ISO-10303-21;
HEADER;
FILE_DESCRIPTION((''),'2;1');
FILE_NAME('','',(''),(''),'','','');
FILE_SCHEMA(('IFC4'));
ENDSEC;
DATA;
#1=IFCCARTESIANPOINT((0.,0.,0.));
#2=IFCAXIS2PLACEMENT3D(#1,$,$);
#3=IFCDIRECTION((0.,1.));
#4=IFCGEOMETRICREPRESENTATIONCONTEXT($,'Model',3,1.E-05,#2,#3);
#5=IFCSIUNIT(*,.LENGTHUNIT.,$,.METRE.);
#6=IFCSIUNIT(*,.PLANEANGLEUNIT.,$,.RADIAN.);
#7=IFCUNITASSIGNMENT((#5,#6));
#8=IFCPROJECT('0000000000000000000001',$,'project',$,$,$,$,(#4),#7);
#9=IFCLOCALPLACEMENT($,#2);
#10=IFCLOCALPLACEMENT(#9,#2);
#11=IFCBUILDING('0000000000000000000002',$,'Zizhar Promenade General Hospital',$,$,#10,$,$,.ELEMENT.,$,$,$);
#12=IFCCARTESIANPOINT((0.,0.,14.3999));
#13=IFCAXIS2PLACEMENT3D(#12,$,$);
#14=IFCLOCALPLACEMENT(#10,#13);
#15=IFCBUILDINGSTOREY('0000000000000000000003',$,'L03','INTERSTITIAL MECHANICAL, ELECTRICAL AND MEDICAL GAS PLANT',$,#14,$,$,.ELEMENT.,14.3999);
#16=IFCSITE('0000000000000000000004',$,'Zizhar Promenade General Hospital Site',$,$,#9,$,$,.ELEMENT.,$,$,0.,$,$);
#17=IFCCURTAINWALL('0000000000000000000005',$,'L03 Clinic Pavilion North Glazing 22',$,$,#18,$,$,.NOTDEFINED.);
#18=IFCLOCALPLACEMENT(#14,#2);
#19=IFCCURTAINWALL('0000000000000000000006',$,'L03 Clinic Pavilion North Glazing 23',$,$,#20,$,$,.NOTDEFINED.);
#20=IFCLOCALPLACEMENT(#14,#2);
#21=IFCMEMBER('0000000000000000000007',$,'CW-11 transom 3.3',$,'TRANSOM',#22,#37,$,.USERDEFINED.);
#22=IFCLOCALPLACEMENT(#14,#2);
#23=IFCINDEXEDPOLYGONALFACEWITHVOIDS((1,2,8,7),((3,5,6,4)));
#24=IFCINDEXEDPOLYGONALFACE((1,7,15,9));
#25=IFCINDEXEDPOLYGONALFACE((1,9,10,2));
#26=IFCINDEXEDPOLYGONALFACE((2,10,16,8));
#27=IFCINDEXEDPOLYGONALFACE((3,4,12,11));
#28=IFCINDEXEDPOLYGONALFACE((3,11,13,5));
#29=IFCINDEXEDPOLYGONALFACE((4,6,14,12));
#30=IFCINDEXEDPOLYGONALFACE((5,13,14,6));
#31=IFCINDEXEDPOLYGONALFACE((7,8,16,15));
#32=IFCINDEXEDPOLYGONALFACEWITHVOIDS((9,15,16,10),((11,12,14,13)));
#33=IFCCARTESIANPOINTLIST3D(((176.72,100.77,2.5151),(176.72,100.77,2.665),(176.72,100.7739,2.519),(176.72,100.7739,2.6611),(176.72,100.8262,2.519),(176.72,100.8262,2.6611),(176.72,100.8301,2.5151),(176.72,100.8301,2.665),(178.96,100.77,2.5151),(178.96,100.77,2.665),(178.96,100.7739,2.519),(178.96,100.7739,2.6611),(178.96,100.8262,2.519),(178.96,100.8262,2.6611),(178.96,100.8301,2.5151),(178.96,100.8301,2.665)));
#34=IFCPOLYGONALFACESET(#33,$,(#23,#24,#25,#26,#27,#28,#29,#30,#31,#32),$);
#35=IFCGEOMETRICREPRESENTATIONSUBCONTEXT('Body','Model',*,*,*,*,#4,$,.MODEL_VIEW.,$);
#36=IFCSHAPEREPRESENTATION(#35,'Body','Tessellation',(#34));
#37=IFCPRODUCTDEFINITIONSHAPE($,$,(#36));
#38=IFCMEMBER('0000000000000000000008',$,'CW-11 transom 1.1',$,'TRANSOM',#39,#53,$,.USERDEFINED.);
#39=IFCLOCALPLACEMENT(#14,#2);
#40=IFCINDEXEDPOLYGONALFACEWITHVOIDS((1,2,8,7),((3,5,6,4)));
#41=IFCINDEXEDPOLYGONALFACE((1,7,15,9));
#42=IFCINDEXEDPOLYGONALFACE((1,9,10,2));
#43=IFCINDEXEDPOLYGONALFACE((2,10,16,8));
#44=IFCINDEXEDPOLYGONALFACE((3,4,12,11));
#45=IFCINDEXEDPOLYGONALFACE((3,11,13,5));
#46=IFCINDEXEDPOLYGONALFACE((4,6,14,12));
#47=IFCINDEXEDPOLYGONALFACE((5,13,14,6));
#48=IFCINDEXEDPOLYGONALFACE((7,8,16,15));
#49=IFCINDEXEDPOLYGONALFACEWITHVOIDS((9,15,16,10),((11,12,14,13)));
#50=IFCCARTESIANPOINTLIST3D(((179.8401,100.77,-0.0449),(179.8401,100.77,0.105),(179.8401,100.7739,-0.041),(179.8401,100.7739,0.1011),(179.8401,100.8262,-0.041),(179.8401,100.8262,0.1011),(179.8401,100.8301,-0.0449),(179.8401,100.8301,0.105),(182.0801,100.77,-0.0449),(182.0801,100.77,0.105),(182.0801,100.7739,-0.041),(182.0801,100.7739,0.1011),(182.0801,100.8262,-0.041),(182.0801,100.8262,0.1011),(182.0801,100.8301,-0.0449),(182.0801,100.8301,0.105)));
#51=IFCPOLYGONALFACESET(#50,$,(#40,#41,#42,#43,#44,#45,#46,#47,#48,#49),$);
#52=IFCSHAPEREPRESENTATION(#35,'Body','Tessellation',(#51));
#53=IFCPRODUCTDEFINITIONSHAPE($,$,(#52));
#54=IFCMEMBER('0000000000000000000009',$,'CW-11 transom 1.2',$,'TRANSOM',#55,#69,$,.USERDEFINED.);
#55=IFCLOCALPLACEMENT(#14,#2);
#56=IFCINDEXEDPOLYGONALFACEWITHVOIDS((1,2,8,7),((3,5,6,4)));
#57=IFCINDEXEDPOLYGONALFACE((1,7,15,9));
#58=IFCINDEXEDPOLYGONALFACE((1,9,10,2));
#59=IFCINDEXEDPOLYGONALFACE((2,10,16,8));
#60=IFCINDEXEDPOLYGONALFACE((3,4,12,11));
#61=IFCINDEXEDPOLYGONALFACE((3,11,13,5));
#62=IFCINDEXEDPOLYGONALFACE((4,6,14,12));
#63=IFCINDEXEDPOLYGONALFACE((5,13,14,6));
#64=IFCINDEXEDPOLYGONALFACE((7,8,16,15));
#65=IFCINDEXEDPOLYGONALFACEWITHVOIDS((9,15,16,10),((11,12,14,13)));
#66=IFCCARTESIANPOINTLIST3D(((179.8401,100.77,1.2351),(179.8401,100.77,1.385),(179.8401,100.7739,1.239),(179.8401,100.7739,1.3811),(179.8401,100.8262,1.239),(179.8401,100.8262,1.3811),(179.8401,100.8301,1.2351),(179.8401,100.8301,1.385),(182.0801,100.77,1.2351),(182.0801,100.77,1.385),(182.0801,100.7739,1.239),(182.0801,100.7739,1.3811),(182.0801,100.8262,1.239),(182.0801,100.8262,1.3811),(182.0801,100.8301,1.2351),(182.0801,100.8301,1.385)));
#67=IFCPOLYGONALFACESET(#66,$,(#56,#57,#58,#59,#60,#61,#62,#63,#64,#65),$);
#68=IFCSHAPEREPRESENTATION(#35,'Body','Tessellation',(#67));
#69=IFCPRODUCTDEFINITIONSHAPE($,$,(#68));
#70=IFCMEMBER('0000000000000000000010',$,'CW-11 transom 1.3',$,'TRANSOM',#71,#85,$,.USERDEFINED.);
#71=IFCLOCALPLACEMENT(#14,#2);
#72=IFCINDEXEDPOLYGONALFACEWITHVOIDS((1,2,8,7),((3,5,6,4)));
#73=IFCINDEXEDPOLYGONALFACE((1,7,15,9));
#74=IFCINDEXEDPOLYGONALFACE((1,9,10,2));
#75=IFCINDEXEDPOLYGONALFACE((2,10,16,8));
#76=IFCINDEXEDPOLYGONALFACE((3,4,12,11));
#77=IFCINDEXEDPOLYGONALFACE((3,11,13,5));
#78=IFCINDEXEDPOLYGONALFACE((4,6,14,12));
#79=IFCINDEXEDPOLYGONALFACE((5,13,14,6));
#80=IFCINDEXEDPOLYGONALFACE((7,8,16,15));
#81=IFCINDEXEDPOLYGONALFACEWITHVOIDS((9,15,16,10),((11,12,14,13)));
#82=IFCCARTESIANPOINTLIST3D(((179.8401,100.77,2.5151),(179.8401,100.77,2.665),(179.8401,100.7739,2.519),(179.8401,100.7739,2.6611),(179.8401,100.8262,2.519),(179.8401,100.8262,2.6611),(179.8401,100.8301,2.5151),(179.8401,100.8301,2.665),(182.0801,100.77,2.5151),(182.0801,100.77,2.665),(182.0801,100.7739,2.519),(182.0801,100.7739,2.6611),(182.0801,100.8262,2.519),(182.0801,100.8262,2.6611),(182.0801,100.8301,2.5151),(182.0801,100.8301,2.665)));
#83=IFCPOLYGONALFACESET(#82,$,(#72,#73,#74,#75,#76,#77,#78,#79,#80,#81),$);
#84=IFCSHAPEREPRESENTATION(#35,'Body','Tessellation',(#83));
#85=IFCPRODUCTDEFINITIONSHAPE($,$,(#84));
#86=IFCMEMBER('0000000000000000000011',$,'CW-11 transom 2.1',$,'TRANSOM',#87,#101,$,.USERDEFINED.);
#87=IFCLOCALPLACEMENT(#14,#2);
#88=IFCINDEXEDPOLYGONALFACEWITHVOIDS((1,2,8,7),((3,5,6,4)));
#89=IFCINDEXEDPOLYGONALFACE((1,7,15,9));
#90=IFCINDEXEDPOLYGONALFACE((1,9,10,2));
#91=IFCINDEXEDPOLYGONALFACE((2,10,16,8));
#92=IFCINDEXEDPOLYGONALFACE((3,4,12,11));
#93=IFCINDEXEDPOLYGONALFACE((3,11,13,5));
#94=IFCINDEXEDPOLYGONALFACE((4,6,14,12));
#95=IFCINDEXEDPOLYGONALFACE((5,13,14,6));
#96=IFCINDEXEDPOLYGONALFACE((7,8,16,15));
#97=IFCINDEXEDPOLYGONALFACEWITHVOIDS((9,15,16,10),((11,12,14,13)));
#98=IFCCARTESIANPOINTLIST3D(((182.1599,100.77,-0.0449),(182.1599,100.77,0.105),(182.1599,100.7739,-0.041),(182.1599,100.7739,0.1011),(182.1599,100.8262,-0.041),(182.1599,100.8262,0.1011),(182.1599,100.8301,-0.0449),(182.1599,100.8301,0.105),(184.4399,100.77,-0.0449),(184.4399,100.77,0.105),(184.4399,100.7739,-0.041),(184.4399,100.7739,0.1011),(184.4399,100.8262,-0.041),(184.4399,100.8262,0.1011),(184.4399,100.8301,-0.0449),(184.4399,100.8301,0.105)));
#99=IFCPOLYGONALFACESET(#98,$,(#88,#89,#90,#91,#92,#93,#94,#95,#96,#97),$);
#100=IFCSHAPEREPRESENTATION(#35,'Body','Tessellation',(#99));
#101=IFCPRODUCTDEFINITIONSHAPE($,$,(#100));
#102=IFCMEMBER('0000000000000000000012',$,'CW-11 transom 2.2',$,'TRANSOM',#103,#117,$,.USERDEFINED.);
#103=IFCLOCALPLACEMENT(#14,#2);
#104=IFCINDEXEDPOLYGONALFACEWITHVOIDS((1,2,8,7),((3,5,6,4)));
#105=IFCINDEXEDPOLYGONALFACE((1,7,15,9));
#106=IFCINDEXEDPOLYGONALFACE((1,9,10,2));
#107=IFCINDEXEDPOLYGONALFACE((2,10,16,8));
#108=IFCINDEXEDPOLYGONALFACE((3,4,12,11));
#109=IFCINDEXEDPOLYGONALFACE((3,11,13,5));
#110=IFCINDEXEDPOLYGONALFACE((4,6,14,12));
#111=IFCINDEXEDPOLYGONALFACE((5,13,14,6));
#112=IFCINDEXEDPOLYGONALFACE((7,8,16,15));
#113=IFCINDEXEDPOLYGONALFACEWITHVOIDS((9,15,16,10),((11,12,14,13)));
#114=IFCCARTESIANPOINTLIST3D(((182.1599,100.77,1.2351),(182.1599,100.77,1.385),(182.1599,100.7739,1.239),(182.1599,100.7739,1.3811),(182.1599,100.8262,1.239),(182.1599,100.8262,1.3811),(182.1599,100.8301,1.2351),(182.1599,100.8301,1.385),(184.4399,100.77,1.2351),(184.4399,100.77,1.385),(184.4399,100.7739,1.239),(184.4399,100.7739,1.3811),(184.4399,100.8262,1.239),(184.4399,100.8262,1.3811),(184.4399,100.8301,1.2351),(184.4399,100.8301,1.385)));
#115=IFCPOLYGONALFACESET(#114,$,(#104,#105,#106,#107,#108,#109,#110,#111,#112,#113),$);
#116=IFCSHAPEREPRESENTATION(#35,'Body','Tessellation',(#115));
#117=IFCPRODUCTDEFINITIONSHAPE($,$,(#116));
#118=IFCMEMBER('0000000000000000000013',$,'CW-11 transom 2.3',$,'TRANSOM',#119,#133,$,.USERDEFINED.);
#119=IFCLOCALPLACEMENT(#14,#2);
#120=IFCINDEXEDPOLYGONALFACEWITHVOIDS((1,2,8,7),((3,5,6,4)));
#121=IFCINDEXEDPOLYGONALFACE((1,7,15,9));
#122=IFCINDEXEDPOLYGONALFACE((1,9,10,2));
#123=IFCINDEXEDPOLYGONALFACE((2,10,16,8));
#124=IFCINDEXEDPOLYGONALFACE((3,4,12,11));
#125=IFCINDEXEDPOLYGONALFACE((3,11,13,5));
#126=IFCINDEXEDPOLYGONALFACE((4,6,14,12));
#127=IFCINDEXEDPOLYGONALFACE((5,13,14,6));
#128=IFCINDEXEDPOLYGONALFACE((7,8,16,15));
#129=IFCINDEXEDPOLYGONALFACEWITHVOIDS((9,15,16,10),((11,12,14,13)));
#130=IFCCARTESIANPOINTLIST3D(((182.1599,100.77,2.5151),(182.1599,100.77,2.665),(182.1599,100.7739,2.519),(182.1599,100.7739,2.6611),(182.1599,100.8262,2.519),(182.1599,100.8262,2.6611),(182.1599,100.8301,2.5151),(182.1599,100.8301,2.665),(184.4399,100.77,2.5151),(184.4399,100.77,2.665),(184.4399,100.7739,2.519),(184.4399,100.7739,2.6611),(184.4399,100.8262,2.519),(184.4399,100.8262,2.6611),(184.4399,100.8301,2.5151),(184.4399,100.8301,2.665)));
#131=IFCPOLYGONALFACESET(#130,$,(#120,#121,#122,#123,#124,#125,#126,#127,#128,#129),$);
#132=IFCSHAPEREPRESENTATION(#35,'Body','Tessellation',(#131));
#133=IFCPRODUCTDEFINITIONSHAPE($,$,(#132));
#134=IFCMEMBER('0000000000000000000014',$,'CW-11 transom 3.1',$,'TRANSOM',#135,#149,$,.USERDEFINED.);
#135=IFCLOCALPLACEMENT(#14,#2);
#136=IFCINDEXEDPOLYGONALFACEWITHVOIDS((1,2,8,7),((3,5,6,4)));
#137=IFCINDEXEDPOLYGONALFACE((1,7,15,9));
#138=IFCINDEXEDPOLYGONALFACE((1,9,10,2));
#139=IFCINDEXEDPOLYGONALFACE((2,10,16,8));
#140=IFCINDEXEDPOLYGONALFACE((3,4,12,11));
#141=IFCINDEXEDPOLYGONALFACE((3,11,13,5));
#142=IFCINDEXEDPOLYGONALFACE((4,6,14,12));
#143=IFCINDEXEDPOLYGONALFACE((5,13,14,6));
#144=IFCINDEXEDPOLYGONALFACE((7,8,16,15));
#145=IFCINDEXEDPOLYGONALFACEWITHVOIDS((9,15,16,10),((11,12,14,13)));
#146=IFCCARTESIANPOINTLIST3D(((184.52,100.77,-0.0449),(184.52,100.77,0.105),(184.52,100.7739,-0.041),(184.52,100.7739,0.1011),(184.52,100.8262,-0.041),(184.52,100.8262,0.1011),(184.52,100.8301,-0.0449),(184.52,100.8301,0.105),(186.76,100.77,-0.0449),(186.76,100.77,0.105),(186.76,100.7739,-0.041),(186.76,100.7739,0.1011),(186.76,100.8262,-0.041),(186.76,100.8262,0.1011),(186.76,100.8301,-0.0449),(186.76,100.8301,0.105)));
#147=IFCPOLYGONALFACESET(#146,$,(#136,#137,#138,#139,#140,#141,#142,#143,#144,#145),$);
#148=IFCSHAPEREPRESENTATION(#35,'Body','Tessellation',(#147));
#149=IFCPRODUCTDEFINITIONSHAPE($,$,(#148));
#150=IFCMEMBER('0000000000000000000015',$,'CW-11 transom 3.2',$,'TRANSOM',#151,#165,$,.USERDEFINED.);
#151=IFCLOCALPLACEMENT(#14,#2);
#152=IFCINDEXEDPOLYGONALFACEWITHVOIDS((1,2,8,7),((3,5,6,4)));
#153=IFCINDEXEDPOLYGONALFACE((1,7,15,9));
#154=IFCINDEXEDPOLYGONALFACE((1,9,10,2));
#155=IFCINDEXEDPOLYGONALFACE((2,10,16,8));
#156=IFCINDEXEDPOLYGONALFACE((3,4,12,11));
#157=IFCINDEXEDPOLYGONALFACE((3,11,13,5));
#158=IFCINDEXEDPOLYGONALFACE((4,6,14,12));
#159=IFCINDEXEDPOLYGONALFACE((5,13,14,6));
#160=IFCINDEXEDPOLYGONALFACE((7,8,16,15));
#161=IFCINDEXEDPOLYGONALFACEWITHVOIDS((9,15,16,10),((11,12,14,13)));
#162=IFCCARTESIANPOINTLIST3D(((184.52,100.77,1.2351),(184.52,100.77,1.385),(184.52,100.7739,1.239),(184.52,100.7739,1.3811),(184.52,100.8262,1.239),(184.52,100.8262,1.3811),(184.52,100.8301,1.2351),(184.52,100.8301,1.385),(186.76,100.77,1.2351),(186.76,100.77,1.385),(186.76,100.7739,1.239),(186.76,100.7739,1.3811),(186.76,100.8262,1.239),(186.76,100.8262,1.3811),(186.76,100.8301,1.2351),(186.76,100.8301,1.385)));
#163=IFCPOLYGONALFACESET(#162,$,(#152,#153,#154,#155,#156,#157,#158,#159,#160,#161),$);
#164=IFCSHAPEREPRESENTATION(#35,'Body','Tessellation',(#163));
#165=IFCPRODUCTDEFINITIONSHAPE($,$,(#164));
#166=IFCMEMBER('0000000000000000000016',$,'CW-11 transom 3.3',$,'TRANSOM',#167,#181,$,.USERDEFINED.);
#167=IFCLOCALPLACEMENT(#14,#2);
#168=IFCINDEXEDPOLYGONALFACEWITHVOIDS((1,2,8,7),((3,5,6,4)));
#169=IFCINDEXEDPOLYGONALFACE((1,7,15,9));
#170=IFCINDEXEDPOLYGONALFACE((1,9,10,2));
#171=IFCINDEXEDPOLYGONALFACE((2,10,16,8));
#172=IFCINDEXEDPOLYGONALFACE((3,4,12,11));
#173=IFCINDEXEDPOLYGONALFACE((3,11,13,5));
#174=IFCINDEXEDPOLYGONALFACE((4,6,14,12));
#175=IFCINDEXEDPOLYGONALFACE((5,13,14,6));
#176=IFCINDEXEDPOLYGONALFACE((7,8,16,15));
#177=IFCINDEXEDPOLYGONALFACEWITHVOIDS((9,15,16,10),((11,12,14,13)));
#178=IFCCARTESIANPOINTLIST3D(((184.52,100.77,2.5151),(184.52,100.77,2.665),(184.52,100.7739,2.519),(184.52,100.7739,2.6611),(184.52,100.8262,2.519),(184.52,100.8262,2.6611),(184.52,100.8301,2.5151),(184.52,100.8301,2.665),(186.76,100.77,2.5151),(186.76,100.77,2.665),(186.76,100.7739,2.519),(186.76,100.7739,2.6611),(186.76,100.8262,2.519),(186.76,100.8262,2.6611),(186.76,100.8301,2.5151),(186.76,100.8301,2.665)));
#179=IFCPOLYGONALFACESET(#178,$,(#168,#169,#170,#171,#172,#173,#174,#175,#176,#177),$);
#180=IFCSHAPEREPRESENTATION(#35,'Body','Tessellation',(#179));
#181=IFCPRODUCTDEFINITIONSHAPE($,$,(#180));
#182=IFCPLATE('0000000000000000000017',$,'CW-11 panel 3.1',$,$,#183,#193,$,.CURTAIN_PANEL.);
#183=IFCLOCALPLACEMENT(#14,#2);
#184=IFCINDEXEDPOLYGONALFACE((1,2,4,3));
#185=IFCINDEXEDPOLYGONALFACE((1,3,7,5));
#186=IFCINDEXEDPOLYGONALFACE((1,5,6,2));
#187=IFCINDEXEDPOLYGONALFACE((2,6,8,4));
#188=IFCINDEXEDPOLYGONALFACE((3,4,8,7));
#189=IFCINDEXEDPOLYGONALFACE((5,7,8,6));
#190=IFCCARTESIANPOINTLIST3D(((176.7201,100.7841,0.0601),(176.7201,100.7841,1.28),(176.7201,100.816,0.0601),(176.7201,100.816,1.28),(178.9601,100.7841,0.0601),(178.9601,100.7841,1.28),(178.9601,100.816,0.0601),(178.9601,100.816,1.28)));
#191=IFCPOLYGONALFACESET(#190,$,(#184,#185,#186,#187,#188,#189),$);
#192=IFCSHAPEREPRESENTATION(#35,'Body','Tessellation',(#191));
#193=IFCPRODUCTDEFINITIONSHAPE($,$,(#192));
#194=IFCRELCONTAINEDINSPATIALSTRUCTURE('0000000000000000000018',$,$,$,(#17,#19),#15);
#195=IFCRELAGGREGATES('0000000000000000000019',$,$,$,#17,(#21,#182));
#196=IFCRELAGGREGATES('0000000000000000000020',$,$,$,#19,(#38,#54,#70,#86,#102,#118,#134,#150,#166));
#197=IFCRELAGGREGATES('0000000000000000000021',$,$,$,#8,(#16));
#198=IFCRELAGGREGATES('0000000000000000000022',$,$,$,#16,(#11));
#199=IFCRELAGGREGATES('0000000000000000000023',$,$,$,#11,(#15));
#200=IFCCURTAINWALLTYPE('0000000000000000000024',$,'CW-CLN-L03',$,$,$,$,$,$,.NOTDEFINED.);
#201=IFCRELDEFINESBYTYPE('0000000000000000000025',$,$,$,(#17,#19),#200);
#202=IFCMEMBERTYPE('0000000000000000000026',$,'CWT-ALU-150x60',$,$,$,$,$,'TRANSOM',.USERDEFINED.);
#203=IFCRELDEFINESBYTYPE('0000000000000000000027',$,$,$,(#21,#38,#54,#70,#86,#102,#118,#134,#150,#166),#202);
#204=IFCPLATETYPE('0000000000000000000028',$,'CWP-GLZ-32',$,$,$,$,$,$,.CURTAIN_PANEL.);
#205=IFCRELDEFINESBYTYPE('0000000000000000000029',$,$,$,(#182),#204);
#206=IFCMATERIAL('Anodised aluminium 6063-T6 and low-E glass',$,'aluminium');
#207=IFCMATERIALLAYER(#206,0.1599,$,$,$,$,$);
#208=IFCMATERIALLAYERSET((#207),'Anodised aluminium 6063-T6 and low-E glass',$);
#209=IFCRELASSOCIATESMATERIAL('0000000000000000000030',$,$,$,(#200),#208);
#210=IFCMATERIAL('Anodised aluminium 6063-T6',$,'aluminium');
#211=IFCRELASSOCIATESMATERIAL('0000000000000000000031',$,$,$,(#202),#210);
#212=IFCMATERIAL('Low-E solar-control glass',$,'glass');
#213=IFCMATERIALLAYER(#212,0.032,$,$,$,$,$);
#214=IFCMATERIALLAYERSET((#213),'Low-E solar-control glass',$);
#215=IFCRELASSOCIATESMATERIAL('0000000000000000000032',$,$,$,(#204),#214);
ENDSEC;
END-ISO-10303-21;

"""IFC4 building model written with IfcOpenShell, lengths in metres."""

from ifc_helpers import new_model, si_unit, direction, frame, origin, origin_2d, place, context, subcontext, project, spatial, rectangle, hollow_rectangle, extrude, material, layer, layer_set, material_profile, profile_set, type_object, element, aggregate, save


model = new_model("IFC4")

# Units and contexts
model_context = context("Model", 3, precision=1e-05, world=origin(), true_north=direction((0.0, 1.0)))
body_context = subcontext(model_context, "Body", "Model", "MODEL_VIEW")
ifc_project = project(units=[si_unit("LENGTHUNIT", "METRE"), si_unit("PLANEANGLEUNIT", "RADIAN")], contexts=[model_context])

# Site, building, storey
site_placement = place(None, origin())
site = spatial("IfcSite", under=ifc_project, at=site_placement, Name="Zizhar Promenade General Hospital Site", CompositionType="ELEMENT", RefElevation=0.0)
building_placement = place(site_placement, origin())
building = spatial("IfcBuilding", under=site, at=building_placement, Name="Zizhar Promenade General Hospital", CompositionType="ELEMENT")
storey_placement = place(building_placement, frame((0.0, 0.0, 14.3999)))
storey = spatial("IfcBuildingStorey", under=building, at=storey_placement, Name="L03", Description="INTERSTITIAL MECHANICAL, ELECTRICAL AND MEDICAL GAS PLANT", CompositionType="ELEMENT", Elevation=14.3999)

# Curtain walls
ifc_material_1 = material(Name="Anodised aluminium 6063-T6 and low-E glass", Category="aluminium")
ifc_layer_1 = layer(ifc_material_1, 0.1599)
ifc_layer_set_1 = layer_set([ifc_layer_1], Name="Anodised aluminium 6063-T6 and low-E glass")
curtain_wall_type = type_object("IfcCurtainWallType", Name="CW-CLN-L03", PredefinedType="NOTDEFINED", material=ifc_layer_set_1)
curtain_wall_1_placement = place(storey_placement, origin())
curtain_wall_1 = element("IfcCurtainWall", 1, at=curtain_wall_1_placement, inside=storey, type_object=curtain_wall_type, Name="L03 Clinic Pavilion North Glazing 22", PredefinedType="NOTDEFINED")
curtain_wall_2_placement = place(storey_placement, origin())
curtain_wall_2 = element("IfcCurtainWall", 2, at=curtain_wall_2_placement, inside=storey, type_object=curtain_wall_type, Name="L03 Clinic Pavilion North Glazing 23", PredefinedType="NOTDEFINED")

# Members
ifc_material_2 = material(Name="Anodised aluminium 6063-T6", Category="aluminium")
ifc_material_profile_1 = material_profile(ifc_material_2, hollow_rectangle(XDim=0.0601, YDim=0.1499, WallThickness=0.0039, at=origin_2d()))
ifc_profile_set_1 = profile_set([ifc_material_profile_1], Name="Anodised aluminium 6063-T6")
member_type_1 = type_object("IfcMemberType", Name="CWT-ALU-150x60", ElementType="TRANSOM", PredefinedType="USERDEFINED", material=ifc_profile_set_1)
member_1_placement = place(storey_placement, frame((176.72, 100.8, 2.5901), z_axis=(1.0, 0.0, 0.0), x_axis=(0.0, 1.0, 0.0)))
member_1 = element("IfcMember", 3, at=member_1_placement, type_object=member_type_1, Name="CW-11 transom 3.3", ObjectType="TRANSOM", PredefinedType="USERDEFINED", context=body_context, shape_type="SweptSolid", body=[
    extrude(hollow_rectangle(XDim=0.0601, YDim=0.1499, WallThickness=0.0039, at=origin_2d()), origin(), (0.0, 0.0, 1.0), 2.24),
])
member_2_placement = place(storey_placement, frame((179.8401, 100.8, 0.03), z_axis=(1.0, 0.0, 0.0), x_axis=(0.0, 1.0, 0.0)))
member_2 = element("IfcMember", 4, at=member_2_placement, type_object=member_type_1, Name="CW-11 transom 1.1", ObjectType="TRANSOM", PredefinedType="USERDEFINED", context=body_context, shape_type="SweptSolid", body=[
    extrude(hollow_rectangle(XDim=0.0601, YDim=0.1499, WallThickness=0.0039, at=origin_2d()), origin(), (0.0, 0.0, 1.0), 2.24),
])
member_3_placement = place(storey_placement, frame((179.8401, 100.8, 1.3101), z_axis=(1.0, 0.0, 0.0), x_axis=(0.0, 1.0, 0.0)))
member_3 = element("IfcMember", 5, at=member_3_placement, type_object=member_type_1, Name="CW-11 transom 1.2", ObjectType="TRANSOM", PredefinedType="USERDEFINED", context=body_context, shape_type="SweptSolid", body=[
    extrude(hollow_rectangle(XDim=0.0601, YDim=0.1499, WallThickness=0.0039, at=origin_2d()), origin(), (0.0, 0.0, 1.0), 2.24),
])
member_4_placement = place(storey_placement, frame((179.8401, 100.8, 2.5901), z_axis=(1.0, 0.0, 0.0), x_axis=(0.0, 1.0, 0.0)))
member_4 = element("IfcMember", 6, at=member_4_placement, type_object=member_type_1, Name="CW-11 transom 1.3", ObjectType="TRANSOM", PredefinedType="USERDEFINED", context=body_context, shape_type="SweptSolid", body=[
    extrude(hollow_rectangle(XDim=0.0601, YDim=0.1499, WallThickness=0.0039, at=origin_2d()), origin(), (0.0, 0.0, 1.0), 2.24),
])
member_5_placement = place(storey_placement, frame((182.1599, 100.8, 0.03), z_axis=(1.0, 0.0, 0.0), x_axis=(0.0, 1.0, 0.0)))
member_5 = element("IfcMember", 7, at=member_5_placement, type_object=member_type_1, Name="CW-11 transom 2.1", ObjectType="TRANSOM", PredefinedType="USERDEFINED", context=body_context, shape_type="SweptSolid", body=[
    extrude(hollow_rectangle(XDim=0.0601, YDim=0.1499, WallThickness=0.0039, at=origin_2d()), origin(), (0.0, 0.0, 1.0), 2.28),
])
member_6_placement = place(storey_placement, frame((182.1599, 100.8, 1.3101), z_axis=(1.0, 0.0, 0.0), x_axis=(0.0, 1.0, 0.0)))
member_6 = element("IfcMember", 8, at=member_6_placement, type_object=member_type_1, Name="CW-11 transom 2.2", ObjectType="TRANSOM", PredefinedType="USERDEFINED", context=body_context, shape_type="SweptSolid", body=[
    extrude(hollow_rectangle(XDim=0.0601, YDim=0.1499, WallThickness=0.0039, at=origin_2d()), origin(), (0.0, 0.0, 1.0), 2.28),
])
member_7_placement = place(storey_placement, frame((182.1599, 100.8, 2.5901), z_axis=(1.0, 0.0, 0.0), x_axis=(0.0, 1.0, 0.0)))
member_7 = element("IfcMember", 9, at=member_7_placement, type_object=member_type_1, Name="CW-11 transom 2.3", ObjectType="TRANSOM", PredefinedType="USERDEFINED", context=body_context, shape_type="SweptSolid", body=[
    extrude(hollow_rectangle(XDim=0.0601, YDim=0.1499, WallThickness=0.0039, at=origin_2d()), origin(), (0.0, 0.0, 1.0), 2.28),
])
member_8_placement = place(storey_placement, frame((184.52, 100.8, 0.03), z_axis=(1.0, 0.0, 0.0), x_axis=(0.0, 1.0, 0.0)))
member_8 = element("IfcMember", 10, at=member_8_placement, type_object=member_type_1, Name="CW-11 transom 3.1", ObjectType="TRANSOM", PredefinedType="USERDEFINED", context=body_context, shape_type="SweptSolid", body=[
    extrude(hollow_rectangle(XDim=0.0601, YDim=0.1499, WallThickness=0.0039, at=origin_2d()), origin(), (0.0, 0.0, 1.0), 2.24),
])
member_9_placement = place(storey_placement, frame((184.52, 100.8, 1.3101), z_axis=(1.0, 0.0, 0.0), x_axis=(0.0, 1.0, 0.0)))
member_9 = element("IfcMember", 11, at=member_9_placement, type_object=member_type_1, Name="CW-11 transom 3.2", ObjectType="TRANSOM", PredefinedType="USERDEFINED", context=body_context, shape_type="SweptSolid", body=[
    extrude(hollow_rectangle(XDim=0.0601, YDim=0.1499, WallThickness=0.0039, at=origin_2d()), origin(), (0.0, 0.0, 1.0), 2.24),
])
member_10_placement = place(storey_placement, frame((184.52, 100.8, 2.5901), z_axis=(1.0, 0.0, 0.0), x_axis=(0.0, 1.0, 0.0)))
member_10 = element("IfcMember", 12, at=member_10_placement, type_object=member_type_1, Name="CW-11 transom 3.3", ObjectType="TRANSOM", PredefinedType="USERDEFINED", context=body_context, shape_type="SweptSolid", body=[
    extrude(hollow_rectangle(XDim=0.0601, YDim=0.1499, WallThickness=0.0039, at=origin_2d()), origin(), (0.0, 0.0, 1.0), 2.24),
])

# Plate
ifc_material_3 = material(Name="Low-E solar-control glass", Category="glass")
ifc_layer_2 = layer(ifc_material_3, 0.032)
ifc_layer_set_2 = layer_set([ifc_layer_2], Name="Low-E solar-control glass")
plate_type = type_object("IfcPlateType", Name="CWP-GLZ-32", PredefinedType="CURTAIN_PANEL", material=ifc_layer_set_2)
plate_1_placement = place(storey_placement, frame((177.8401, 100.8, 0.0601), z_axis=(0.0, 0.0, 1.0), x_axis=(1.0, 0.0, 0.0)))
plate_1 = element("IfcPlate", 13, at=plate_1_placement, type_object=plate_type, Name="CW-11 panel 3.1", PredefinedType="CURTAIN_PANEL", context=body_context, shape_type="SweptSolid", body=[
    extrude(rectangle(XDim=2.24, YDim=0.032, at=origin_2d()), origin(), (0.0, 0.0, 1.0), 1.22),
])
aggregate(curtain_wall_1, [member_1, plate_1])
aggregate(curtain_wall_2, [member_2, member_3, member_4, member_5, member_6, member_7, member_8, member_9, member_10])

save(model, "model.ifc")
